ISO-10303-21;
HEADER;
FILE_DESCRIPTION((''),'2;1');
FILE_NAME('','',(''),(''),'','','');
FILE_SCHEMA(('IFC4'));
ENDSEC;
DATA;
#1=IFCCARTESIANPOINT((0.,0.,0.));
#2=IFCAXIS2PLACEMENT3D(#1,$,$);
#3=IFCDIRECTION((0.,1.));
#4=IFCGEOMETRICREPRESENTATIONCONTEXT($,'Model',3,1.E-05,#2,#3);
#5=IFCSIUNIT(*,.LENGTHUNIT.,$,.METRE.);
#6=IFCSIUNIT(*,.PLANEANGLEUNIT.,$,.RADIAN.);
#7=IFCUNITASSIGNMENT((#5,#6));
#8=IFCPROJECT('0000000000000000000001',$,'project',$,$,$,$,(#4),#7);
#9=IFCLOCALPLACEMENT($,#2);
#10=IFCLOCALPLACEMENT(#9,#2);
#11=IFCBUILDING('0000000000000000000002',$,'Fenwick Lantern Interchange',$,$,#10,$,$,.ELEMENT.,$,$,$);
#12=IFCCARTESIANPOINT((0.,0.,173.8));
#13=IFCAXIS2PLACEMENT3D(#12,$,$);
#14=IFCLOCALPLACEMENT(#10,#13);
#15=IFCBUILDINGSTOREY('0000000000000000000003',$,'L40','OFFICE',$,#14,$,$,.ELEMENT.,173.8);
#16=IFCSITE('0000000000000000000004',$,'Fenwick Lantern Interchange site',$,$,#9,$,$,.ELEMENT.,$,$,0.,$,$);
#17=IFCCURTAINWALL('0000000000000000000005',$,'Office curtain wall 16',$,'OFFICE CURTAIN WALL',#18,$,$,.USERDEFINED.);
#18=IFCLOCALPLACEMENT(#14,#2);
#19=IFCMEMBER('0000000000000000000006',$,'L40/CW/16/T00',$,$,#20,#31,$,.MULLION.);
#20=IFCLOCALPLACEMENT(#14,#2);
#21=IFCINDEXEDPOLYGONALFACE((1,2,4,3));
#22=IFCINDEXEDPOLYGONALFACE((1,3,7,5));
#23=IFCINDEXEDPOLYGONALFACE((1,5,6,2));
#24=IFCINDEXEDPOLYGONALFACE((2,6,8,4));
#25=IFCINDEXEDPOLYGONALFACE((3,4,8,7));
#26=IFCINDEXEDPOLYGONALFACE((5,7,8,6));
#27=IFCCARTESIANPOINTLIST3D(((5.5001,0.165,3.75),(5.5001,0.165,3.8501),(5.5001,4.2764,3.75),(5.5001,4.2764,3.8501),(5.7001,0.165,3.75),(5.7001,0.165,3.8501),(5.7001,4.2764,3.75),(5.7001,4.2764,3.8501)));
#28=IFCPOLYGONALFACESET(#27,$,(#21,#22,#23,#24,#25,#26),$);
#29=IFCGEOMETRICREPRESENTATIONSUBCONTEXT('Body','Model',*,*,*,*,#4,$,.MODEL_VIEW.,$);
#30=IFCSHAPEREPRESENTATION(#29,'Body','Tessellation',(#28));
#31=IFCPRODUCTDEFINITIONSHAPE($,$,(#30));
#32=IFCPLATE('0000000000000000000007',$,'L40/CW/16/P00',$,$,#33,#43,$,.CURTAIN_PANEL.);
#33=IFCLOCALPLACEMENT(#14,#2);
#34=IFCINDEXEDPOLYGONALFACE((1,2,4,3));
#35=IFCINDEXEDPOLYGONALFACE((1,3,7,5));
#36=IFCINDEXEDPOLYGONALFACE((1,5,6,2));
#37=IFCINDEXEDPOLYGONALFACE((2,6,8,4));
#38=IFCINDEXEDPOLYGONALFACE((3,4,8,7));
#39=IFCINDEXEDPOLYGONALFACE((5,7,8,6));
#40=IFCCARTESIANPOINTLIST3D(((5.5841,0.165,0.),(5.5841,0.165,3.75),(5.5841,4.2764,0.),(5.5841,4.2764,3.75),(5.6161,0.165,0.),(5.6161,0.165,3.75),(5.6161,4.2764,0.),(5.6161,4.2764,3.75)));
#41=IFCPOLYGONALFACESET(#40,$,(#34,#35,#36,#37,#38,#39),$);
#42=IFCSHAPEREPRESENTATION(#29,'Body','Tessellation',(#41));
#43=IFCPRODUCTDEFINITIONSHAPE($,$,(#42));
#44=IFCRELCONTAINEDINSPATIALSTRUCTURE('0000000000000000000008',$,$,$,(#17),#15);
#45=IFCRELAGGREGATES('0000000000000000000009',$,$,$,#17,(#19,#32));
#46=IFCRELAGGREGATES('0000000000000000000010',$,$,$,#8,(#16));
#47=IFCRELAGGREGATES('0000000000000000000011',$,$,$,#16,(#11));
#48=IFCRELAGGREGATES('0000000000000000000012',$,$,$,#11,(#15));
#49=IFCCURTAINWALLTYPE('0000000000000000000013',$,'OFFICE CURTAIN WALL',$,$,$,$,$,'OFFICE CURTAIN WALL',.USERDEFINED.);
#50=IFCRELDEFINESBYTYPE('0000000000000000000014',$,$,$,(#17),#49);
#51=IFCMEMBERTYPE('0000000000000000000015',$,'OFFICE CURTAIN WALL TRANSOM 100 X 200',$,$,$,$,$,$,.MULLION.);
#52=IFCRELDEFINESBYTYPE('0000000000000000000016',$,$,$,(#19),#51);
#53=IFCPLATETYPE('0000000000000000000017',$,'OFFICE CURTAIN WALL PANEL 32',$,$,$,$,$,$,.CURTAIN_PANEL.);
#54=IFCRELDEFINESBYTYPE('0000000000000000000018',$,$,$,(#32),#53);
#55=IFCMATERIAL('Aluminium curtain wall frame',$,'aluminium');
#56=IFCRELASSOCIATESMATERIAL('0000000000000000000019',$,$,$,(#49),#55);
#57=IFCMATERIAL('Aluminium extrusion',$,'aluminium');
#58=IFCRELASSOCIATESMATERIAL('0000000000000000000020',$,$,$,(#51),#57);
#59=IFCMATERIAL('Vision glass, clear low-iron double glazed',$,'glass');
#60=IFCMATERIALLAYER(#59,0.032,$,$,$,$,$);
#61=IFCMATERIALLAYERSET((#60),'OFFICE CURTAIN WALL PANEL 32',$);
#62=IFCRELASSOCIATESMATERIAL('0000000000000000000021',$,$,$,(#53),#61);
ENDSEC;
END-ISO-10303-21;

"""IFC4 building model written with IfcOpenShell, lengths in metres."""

from ifc_helpers import new_model, si_unit, direction, frame, origin, origin_2d, place, context, subcontext, project, spatial, rectangle, extrude, material, layer, layer_set, material_profile, profile_set, type_object, element, aggregate, save


model = new_model("IFC4")

# Units and contexts
model_context = context("Model", 3, precision=1e-05, world=origin(), true_north=direction((0.0, 1.0)))
body_context = subcontext(model_context, "Body", "Model", "MODEL_VIEW")
ifc_project = project(units=[si_unit("LENGTHUNIT", "METRE"), si_unit("PLANEANGLEUNIT", "RADIAN")], contexts=[model_context])

# Site, building, storey
site_placement = place(None, origin())
site = spatial("IfcSite", under=ifc_project, at=site_placement, Name="Fenwick Lantern Interchange site", CompositionType="ELEMENT", RefElevation=0.0)
building_placement = place(site_placement, origin())
building = spatial("IfcBuilding", under=site, at=building_placement, Name="Fenwick Lantern Interchange", CompositionType="ELEMENT")
storey_placement = place(building_placement, frame((0.0, 0.0, 173.8)))
storey = spatial("IfcBuildingStorey", under=building, at=storey_placement, Name="L40", Description="OFFICE", CompositionType="ELEMENT", Elevation=173.8)

# Curtain wall
ifc_material_1 = material(Name="Aluminium curtain wall frame", Category="aluminium")
curtain_wall_type = type_object("IfcCurtainWallType", Name="OFFICE CURTAIN WALL", ElementType="OFFICE CURTAIN WALL", PredefinedType="USERDEFINED", material=ifc_material_1)
ifc_material_2 = material(Name="Aluminium extrusion", Category="aluminium")
curtain_wall_1_placement = place(storey_placement, origin())
curtain_wall_1 = element("IfcCurtainWall", 1, at=curtain_wall_1_placement, inside=storey, type_object=curtain_wall_type, Name="Office curtain wall 16", ObjectType="OFFICE CURTAIN WALL", PredefinedType="USERDEFINED")

# Member
ifc_material_profile_1 = material_profile(ifc_material_2, rectangle(XDim=0.2, YDim=0.1001, at=origin_2d()), Name="OFFICE CURTAIN WALL TRANSOM 100 X 200")
ifc_profile_set_1 = profile_set([ifc_material_profile_1], Name="Aluminium extrusion")
member_type_1 = type_object("IfcMemberType", Name="OFFICE CURTAIN WALL TRANSOM 100 X 200", PredefinedType="MULLION", material=ifc_profile_set_1)
member_1_placement = place(storey_placement, frame((5.6001, 4.2764, 3.8), z_axis=(0.0, -1.0, 0.0), x_axis=(1.0, 0.0, 0.0)))
member_1 = element("IfcMember", 2, at=member_1_placement, type_object=member_type_1, Name="L40/CW/16/T00", PredefinedType="MULLION", context=body_context, shape_type="SweptSolid", body=[
    extrude(rectangle(XDim=0.2, YDim=0.1001, at=origin_2d()), origin(), (0.0, 0.0, 1.0), 4.1113),
])

# Plate
ifc_material_3 = material(Name="Vision glass, clear low-iron double glazed", Category="glass")
ifc_layer_1 = layer(ifc_material_3, 0.032)
ifc_layer_set_1 = layer_set([ifc_layer_1], Name="OFFICE CURTAIN WALL PANEL 32")
plate_type = type_object("IfcPlateType", Name="OFFICE CURTAIN WALL PANEL 32", PredefinedType="CURTAIN_PANEL", material=ifc_layer_set_1)
plate_1_placement = place(storey_placement, frame((5.6001, 2.2207, 0.0), z_axis=(0.0, 0.0, 1.0), x_axis=(0.0, -1.0, 0.0)))
plate_1 = element("IfcPlate", 3, at=plate_1_placement, type_object=plate_type, Name="L40/CW/16/P00", PredefinedType="CURTAIN_PANEL", context=body_context, shape_type="SweptSolid", body=[
    extrude(rectangle(XDim=4.1113, YDim=0.032, at=origin_2d()), origin(), (0.0, 0.0, 1.0), 3.75),
])
aggregate(curtain_wall_1, [member_1, plate_1])

save(model, "model.ifc")
